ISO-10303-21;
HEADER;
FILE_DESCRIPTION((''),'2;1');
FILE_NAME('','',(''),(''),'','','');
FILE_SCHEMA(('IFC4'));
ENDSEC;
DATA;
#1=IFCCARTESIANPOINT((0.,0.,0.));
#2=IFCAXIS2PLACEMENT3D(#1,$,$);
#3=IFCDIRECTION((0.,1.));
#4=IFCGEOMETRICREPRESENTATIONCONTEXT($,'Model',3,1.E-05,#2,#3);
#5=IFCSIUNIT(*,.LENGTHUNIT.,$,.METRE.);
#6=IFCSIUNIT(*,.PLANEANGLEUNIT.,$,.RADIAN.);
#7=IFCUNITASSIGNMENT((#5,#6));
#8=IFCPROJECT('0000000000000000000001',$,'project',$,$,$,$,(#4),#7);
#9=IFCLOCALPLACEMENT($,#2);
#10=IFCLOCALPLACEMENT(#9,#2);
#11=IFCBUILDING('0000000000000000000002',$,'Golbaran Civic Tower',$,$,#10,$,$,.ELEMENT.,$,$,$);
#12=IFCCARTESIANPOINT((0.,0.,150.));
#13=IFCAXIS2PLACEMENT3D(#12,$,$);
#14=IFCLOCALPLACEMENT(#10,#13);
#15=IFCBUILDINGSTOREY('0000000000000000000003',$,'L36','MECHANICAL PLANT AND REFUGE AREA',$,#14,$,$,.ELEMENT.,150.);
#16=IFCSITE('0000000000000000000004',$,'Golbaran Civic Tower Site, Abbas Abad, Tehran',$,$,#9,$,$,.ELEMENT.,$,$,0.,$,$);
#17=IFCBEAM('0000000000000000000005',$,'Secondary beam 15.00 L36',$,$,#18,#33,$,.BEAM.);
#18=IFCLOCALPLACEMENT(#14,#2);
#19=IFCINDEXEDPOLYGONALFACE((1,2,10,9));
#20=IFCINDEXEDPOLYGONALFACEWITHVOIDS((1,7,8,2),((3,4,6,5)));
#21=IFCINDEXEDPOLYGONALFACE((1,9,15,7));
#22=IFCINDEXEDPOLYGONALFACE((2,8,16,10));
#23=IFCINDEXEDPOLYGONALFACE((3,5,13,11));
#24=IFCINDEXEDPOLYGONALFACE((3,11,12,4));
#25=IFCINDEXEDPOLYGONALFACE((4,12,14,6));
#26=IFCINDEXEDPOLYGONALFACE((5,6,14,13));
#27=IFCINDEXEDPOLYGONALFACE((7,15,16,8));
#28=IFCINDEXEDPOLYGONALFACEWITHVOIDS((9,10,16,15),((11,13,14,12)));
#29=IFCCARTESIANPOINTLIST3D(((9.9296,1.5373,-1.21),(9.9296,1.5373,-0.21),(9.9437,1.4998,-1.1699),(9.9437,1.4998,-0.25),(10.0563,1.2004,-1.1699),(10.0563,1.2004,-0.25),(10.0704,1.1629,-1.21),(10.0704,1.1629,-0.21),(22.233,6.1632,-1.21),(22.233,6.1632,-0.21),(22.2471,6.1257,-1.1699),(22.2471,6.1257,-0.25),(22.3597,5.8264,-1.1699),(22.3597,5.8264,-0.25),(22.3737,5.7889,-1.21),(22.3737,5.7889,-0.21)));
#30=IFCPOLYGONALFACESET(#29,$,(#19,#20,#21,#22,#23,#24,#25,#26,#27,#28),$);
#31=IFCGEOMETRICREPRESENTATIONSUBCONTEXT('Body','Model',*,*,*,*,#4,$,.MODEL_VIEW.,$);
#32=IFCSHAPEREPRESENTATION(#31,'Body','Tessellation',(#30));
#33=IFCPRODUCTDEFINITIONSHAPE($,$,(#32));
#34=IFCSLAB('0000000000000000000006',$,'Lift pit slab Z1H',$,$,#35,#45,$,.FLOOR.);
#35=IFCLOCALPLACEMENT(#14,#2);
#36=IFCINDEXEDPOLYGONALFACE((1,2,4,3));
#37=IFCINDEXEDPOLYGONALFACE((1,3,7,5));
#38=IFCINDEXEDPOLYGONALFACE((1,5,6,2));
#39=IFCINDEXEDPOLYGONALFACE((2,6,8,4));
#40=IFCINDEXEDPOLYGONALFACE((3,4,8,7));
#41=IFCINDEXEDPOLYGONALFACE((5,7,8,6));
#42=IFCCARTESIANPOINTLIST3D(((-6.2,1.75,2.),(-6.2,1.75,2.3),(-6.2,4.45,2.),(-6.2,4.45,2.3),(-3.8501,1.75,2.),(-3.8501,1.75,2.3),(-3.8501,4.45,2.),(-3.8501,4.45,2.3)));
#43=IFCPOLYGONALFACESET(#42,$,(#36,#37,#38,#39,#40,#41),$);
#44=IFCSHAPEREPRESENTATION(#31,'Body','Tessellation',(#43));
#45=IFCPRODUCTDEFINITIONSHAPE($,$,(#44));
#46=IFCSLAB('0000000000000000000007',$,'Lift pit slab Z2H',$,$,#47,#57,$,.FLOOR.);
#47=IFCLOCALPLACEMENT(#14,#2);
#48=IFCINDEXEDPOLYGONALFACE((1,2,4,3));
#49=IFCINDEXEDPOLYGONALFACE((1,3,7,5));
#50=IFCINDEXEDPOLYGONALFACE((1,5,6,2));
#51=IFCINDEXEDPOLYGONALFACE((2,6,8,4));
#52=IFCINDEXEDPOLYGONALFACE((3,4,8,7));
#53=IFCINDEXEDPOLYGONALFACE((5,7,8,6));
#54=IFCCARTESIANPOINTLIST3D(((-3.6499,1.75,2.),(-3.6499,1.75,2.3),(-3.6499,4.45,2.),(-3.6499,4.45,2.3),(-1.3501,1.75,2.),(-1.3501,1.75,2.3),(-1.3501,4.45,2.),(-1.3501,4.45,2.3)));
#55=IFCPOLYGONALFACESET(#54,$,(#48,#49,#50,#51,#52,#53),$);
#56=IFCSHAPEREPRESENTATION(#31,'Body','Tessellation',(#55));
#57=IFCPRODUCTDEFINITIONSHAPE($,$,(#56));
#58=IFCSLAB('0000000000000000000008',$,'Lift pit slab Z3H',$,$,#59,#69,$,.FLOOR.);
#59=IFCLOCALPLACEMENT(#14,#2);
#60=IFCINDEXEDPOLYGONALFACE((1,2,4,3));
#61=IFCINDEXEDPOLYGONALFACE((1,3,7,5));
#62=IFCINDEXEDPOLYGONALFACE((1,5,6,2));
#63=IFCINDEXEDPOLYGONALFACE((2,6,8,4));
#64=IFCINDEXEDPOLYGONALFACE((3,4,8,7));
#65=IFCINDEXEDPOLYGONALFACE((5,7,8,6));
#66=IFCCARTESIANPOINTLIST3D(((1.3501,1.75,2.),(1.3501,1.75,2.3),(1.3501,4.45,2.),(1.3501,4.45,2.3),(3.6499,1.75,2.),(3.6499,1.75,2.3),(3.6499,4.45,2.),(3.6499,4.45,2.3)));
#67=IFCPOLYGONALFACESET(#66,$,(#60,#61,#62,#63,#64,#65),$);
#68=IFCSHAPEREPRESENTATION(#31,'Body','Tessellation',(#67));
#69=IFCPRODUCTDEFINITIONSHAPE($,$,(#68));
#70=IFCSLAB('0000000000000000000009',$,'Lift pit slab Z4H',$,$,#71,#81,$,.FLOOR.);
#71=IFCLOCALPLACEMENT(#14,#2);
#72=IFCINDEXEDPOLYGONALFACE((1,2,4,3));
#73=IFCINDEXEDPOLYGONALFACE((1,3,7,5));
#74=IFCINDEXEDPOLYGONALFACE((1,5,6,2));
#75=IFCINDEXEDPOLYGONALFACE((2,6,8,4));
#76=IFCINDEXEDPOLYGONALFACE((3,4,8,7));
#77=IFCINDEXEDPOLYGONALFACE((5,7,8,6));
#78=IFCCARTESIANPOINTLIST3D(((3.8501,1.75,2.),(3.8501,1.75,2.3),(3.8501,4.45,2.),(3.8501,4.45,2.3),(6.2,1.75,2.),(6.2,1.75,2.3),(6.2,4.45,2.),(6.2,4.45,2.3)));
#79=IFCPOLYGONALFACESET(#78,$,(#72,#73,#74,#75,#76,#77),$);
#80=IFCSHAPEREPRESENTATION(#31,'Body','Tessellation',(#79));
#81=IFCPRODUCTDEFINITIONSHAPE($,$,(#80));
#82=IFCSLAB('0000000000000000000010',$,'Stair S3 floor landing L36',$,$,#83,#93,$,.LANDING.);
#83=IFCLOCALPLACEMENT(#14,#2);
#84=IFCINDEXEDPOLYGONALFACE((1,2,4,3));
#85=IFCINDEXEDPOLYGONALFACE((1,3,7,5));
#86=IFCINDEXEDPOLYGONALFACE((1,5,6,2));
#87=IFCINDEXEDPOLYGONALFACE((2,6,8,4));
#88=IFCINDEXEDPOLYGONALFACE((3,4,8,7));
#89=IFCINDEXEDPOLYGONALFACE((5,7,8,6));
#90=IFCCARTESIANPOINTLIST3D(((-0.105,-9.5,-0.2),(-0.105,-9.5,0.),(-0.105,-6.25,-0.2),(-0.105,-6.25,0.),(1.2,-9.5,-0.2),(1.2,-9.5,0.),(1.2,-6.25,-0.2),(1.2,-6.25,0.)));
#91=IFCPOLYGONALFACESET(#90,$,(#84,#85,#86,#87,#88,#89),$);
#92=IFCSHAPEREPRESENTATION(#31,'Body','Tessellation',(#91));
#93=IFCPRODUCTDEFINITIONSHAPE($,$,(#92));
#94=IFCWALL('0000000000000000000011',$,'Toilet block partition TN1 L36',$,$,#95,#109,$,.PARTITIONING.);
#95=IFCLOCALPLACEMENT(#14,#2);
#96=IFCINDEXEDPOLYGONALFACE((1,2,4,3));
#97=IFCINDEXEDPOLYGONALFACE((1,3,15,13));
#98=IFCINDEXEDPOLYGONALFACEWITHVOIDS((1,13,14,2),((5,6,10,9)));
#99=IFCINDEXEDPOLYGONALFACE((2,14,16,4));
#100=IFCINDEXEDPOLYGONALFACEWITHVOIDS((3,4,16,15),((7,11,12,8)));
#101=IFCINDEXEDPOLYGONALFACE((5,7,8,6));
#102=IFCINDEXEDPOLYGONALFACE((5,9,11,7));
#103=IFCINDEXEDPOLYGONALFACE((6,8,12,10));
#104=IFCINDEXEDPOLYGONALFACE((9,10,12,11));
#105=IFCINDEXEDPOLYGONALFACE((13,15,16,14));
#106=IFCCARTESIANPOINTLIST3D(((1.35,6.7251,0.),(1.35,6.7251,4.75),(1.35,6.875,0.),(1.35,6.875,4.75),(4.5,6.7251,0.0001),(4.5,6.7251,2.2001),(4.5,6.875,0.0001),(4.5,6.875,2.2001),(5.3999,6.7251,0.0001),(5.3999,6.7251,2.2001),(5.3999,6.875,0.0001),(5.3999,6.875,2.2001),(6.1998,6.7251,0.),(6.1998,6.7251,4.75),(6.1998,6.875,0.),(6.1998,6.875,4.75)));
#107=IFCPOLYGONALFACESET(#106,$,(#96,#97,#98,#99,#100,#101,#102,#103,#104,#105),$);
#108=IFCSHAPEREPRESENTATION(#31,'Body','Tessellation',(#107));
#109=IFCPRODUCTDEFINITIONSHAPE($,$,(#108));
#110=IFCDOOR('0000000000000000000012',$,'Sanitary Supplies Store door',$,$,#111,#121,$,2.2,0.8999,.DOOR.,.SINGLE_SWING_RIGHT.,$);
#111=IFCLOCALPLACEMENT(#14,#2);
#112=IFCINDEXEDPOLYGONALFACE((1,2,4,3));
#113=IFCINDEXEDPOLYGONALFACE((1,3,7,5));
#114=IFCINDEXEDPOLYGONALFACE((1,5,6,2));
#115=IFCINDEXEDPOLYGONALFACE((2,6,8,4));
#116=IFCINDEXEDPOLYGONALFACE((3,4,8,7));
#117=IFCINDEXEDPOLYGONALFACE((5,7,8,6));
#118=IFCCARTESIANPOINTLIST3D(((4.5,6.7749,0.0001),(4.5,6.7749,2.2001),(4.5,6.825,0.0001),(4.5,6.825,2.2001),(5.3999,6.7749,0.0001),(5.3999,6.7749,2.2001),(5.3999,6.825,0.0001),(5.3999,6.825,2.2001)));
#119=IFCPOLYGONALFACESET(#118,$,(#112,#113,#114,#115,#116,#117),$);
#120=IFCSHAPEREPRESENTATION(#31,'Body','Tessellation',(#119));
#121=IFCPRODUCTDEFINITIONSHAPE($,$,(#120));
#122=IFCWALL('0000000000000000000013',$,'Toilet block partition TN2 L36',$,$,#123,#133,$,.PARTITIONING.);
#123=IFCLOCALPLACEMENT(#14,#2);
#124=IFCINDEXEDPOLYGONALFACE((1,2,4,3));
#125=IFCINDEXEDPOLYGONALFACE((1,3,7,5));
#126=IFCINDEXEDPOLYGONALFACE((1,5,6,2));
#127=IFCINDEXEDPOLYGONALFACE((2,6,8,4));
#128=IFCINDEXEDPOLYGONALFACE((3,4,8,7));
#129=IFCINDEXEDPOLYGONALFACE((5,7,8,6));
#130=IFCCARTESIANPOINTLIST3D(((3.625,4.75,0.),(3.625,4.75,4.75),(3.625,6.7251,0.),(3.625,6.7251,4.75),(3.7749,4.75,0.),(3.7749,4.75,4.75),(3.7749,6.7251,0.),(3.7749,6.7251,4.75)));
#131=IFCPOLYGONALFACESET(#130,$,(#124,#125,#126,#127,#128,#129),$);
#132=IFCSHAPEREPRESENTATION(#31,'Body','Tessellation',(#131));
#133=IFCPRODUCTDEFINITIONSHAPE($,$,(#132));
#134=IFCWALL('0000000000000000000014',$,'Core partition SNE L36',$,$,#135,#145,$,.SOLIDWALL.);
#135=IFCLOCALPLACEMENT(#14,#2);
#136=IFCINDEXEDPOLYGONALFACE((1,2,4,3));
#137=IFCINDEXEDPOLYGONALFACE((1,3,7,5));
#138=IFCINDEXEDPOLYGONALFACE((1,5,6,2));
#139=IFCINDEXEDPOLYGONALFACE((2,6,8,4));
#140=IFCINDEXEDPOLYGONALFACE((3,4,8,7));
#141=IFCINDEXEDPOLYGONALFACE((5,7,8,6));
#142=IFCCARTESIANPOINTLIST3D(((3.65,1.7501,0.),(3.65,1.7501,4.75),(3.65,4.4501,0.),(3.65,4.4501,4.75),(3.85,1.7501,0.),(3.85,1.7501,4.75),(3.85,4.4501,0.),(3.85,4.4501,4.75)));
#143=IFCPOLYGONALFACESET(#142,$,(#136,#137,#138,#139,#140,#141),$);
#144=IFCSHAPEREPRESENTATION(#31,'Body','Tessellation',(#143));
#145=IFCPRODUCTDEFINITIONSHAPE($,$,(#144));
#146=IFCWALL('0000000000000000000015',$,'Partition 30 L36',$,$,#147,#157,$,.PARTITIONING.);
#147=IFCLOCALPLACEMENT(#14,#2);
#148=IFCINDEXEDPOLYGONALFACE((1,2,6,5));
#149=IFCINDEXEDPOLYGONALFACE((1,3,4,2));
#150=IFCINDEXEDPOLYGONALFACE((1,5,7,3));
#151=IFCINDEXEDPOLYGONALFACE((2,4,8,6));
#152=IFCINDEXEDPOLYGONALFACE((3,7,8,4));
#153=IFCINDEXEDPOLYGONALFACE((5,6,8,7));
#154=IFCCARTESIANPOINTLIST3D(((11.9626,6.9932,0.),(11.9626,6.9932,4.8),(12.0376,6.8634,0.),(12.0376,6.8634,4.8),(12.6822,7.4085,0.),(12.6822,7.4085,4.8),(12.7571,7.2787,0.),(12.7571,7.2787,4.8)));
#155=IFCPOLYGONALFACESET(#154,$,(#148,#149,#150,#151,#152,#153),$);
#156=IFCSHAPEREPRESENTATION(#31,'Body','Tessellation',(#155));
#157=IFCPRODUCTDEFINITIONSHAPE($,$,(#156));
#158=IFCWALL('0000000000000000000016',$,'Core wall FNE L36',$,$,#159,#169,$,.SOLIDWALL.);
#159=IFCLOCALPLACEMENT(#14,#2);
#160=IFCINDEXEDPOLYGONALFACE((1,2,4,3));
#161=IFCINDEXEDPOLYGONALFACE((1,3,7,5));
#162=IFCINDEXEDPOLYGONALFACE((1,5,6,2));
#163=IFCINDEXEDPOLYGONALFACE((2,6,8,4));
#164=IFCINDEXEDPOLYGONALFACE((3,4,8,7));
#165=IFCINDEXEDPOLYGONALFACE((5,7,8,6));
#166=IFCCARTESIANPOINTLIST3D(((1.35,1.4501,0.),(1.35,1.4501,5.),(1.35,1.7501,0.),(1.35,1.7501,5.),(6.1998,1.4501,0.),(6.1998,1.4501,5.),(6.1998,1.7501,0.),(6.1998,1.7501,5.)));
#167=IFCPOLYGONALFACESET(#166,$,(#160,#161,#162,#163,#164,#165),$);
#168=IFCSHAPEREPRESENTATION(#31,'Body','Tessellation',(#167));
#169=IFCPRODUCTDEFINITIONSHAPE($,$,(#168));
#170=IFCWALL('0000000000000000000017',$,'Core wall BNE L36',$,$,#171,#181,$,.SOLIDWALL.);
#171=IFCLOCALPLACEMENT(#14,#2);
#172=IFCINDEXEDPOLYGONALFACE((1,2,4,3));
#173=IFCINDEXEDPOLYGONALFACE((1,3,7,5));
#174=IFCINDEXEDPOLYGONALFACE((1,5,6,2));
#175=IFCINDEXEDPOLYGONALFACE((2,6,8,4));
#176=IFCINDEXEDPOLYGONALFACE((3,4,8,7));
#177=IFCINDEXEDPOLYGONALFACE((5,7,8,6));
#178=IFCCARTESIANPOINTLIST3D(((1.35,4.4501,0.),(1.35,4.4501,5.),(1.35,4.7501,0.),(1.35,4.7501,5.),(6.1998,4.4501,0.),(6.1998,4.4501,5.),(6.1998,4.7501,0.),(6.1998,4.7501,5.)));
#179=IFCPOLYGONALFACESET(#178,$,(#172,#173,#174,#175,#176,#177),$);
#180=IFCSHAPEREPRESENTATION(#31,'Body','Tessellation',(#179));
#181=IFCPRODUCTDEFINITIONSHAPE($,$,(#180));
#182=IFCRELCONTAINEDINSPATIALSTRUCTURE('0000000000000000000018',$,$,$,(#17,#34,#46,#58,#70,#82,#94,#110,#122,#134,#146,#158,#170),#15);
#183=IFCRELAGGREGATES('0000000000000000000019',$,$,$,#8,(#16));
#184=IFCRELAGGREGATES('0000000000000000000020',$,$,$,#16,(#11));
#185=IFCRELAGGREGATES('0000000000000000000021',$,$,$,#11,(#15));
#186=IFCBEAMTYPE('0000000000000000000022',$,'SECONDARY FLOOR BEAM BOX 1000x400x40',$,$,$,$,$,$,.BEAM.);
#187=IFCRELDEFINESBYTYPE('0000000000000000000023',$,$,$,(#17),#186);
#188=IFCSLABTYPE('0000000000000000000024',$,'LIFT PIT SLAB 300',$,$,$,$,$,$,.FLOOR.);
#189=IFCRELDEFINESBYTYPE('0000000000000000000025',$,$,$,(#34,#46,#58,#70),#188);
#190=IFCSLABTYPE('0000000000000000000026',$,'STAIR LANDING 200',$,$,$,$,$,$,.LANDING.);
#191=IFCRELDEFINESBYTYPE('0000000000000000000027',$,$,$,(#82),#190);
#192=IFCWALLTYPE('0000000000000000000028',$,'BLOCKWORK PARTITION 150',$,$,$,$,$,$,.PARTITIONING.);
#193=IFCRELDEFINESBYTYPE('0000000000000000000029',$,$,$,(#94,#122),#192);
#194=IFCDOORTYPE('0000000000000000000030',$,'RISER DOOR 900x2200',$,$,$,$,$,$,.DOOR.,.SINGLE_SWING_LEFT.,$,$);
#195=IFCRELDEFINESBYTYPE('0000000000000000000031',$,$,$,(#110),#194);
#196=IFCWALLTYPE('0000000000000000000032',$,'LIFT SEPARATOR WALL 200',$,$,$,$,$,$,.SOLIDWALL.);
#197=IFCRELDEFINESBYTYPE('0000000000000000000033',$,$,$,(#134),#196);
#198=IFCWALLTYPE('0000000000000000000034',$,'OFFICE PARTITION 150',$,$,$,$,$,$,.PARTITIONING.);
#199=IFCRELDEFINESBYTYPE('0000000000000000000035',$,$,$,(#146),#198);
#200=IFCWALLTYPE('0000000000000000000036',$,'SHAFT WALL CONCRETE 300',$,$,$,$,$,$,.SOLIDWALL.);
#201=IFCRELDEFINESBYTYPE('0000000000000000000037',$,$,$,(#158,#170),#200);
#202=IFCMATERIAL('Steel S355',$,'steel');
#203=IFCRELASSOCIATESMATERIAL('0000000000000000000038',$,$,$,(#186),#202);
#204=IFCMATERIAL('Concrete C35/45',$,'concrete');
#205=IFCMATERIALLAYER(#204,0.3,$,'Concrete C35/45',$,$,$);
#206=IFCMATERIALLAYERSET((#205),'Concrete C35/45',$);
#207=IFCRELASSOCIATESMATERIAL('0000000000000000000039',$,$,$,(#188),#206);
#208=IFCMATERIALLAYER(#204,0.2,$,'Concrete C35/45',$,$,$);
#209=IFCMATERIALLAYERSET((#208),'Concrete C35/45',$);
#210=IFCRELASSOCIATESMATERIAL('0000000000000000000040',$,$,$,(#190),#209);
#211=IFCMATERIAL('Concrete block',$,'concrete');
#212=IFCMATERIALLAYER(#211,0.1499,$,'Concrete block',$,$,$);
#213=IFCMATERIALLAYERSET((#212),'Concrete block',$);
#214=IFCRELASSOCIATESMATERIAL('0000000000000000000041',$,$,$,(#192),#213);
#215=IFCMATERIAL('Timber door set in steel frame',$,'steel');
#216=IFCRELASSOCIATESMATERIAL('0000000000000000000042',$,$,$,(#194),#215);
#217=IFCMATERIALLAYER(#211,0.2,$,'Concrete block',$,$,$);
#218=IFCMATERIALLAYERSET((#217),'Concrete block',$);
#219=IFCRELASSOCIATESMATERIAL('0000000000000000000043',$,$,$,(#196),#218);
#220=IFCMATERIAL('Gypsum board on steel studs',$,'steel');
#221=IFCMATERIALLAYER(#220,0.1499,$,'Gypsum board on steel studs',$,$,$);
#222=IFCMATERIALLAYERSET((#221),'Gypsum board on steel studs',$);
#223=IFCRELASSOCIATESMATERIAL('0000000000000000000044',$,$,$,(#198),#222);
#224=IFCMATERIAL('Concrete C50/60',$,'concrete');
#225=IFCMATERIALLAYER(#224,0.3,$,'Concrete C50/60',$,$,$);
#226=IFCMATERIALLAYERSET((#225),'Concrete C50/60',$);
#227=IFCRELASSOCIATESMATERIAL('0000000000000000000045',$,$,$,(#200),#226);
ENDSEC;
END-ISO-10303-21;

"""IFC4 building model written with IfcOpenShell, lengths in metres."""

from ifc_helpers import new_model, si_unit, direction, frame, frame_2d, origin, origin_2d, place, context, subcontext, project, spatial, polyline, rectangle, hollow_rectangle, outline, extrude, material, layer, layer_set, material_profile, profile_set, type_object, element, fill, save


model = new_model("IFC4")

# Units and contexts
model_context = context("Model", 3, precision=1e-05, world=origin(), true_north=direction((0.0, 1.0)))
body_context = subcontext(model_context, "Body", "Model", "MODEL_VIEW")
ifc_project = project(units=[si_unit("LENGTHUNIT", "METRE"), si_unit("PLANEANGLEUNIT", "RADIAN")], contexts=[model_context])

# Site, building, storey
site_placement = place(None, origin())
site = spatial("IfcSite", under=ifc_project, at=site_placement, Name="Golbaran Civic Tower Site, Abbas Abad, Tehran", CompositionType="ELEMENT", RefElevation=0.0)
building_placement = place(site_placement, origin())
building = spatial("IfcBuilding", under=site, at=building_placement, Name="Golbaran Civic Tower", CompositionType="ELEMENT")
storey_placement = place(building_placement, frame((0.0, 0.0, 150.0)))
storey = spatial("IfcBuildingStorey", under=building, at=storey_placement, Name="L36", Description="MECHANICAL PLANT AND REFUGE AREA", CompositionType="ELEMENT", Elevation=150.0)

# Beam
ifc_material_1 = material(Name="Steel S355", Category="steel")
ifc_material_profile_1 = material_profile(ifc_material_1, hollow_rectangle(XDim=0.3999, YDim=1.0, WallThickness=0.04, at=origin_2d()), Name="BOX 1000x400x40")
ifc_profile_set_1 = profile_set([ifc_material_profile_1], Name="Steel S355")
beam_type_1 = type_object("IfcBeamType", Name="SECONDARY FLOOR BEAM BOX 1000x400x40", PredefinedType="BEAM", material=ifc_profile_set_1)
beam_1_placement = place(storey_placement, frame((10.0, 1.3501, -0.71), z_axis=(0.936024, 0.351935, 0.0), x_axis=(-0.351935, 0.936024, 0.0)))
element("IfcBeam", 1, at=beam_1_placement, inside=storey, type_object=beam_type_1, Name="Secondary beam 15.00 L36", PredefinedType="BEAM", context=body_context, shape_type="SweptSolid", body=[
    extrude(hollow_rectangle(XDim=0.3999, YDim=1.0, WallThickness=0.04, at=origin_2d()), origin(), (0.0, 0.0, 1.0), 13.1443),
])

# Slabs
ifc_material_2 = material(Name="Concrete C35/45", Category="concrete")
ifc_layer_1 = layer(ifc_material_2, 0.3, Name="Concrete C35/45")
ifc_layer_set_1 = layer_set([ifc_layer_1], Name="Concrete C35/45")
slab_type_1 = type_object("IfcSlabType", Name="LIFT PIT SLAB 300", PredefinedType="FLOOR", material=ifc_layer_set_1)
slab_1_placement = place(storey_placement, frame((0.0, 0.0, 2.0)))
element("IfcSlab", 2, at=slab_1_placement, inside=storey, type_object=slab_type_1, Name="Lift pit slab Z1H", PredefinedType="FLOOR", context=body_context, shape_type="SweptSolid", body=[
    extrude(outline(polyline([(-6.2, 1.75), (-3.8501, 1.75), (-3.8501, 4.45), (-6.2, 4.45), (-6.2, 1.75)])), origin(), (0.0, 0.0, 1.0), 0.3),
])
slab_2_placement = place(storey_placement, frame((0.0, 0.0, 2.0)))
element("IfcSlab", 3, at=slab_2_placement, inside=storey, type_object=slab_type_1, Name="Lift pit slab Z2H", PredefinedType="FLOOR", context=body_context, shape_type="SweptSolid", body=[
    extrude(outline(polyline([(-3.6499, 1.75), (-1.3501, 1.75), (-1.3501, 4.45), (-3.6499, 4.45), (-3.6499, 1.75)])), origin(), (0.0, 0.0, 1.0), 0.3),
])
slab_3_placement = place(storey_placement, frame((0.0, 0.0, 2.0)))
element("IfcSlab", 4, at=slab_3_placement, inside=storey, type_object=slab_type_1, Name="Lift pit slab Z3H", PredefinedType="FLOOR", context=body_context, shape_type="SweptSolid", body=[
    extrude(outline(polyline([(1.3501, 1.75), (3.6499, 1.75), (3.6499, 4.45), (1.3501, 4.45), (1.3501, 1.75)])), origin(), (0.0, 0.0, 1.0), 0.3),
])
slab_4_placement = place(storey_placement, frame((0.0, 0.0, 2.0)))
element("IfcSlab", 5, at=slab_4_placement, inside=storey, type_object=slab_type_1, Name="Lift pit slab Z4H", PredefinedType="FLOOR", context=body_context, shape_type="SweptSolid", body=[
    extrude(outline(polyline([(3.8501, 1.75), (6.2, 1.75), (6.2, 4.45), (3.8501, 4.45), (3.8501, 1.75)])), origin(), (0.0, 0.0, 1.0), 0.3),
])
ifc_layer_2 = layer(ifc_material_2, 0.2, Name="Concrete C35/45")
ifc_layer_set_2 = layer_set([ifc_layer_2], Name="Concrete C35/45")
slab_type_2 = type_object("IfcSlabType", Name="STAIR LANDING 200", PredefinedType="LANDING", material=ifc_layer_set_2)
slab_5_placement = place(storey_placement, frame((0.0, 0.0, -0.2)))
element("IfcSlab", 6, at=slab_5_placement, inside=storey, type_object=slab_type_2, Name="Stair S3 floor landing L36", PredefinedType="LANDING", context=body_context, shape_type="SweptSolid", body=[
    extrude(outline(polyline([(1.2, -9.5), (-0.105, -9.5), (-0.105, -6.25), (1.2, -6.25), (1.2, -9.5)])), origin(), (0.0, 0.0, 1.0), 0.2),
])

# Wall, opening, door
ifc_material_3 = material(Name="Concrete block", Category="concrete")
ifc_layer_3 = layer(ifc_material_3, 0.1499, Name="Concrete block")
ifc_layer_set_3 = layer_set([ifc_layer_3], Name="Concrete block")
wall_type_1 = type_object("IfcWallType", Name="BLOCKWORK PARTITION 150", PredefinedType="PARTITIONING", material=ifc_layer_set_3)
wall_1_placement = place(storey_placement, frame((1.3501, 6.8, 0.0), z_axis=(0.0, 0.0, 1.0), x_axis=(1.0, 0.0, 0.0)))
wall_1 = element("IfcWall", 7, at=wall_1_placement, inside=storey, type_object=wall_type_1, Name="Toilet block partition TN1 L36", PredefinedType="PARTITIONING", context=body_context, shape_type="SweptSolid", body=[
    extrude(rectangle(XDim=4.8499, YDim=0.1499, at=frame_2d((2.4248, 0.0))), origin(), (0.0, 0.0, 1.0), 4.75),
])
opening_1_placement = place(wall_1_placement, frame((3.1499, 0.0, 0.0)))
opening_1 = element("IfcOpeningElement", 8, at=opening_1_placement, cuts=wall_1, PredefinedType="OPENING", context=body_context, shape_type="SweptSolid", body=[
    extrude(rectangle(XDim=0.8999, YDim=2.2, at=frame_2d((0.45, 1.1001))), frame((0.0, 0.085, 0.0), z_axis=(0.0, -1.0, 0.0), x_axis=(1.0, 0.0, 0.0)), (0.0, 0.0, 1.0), 0.1699),
])
ifc_material_4 = material(Name="Timber door set in steel frame", Category="steel")
door_type_1 = type_object("IfcDoorType", Name="RISER DOOR 900x2200", OperationType="SINGLE_SWING_LEFT", PredefinedType="DOOR", material=ifc_material_4)
door_1_placement = place(opening_1_placement, origin())
door_1 = element("IfcDoor", 9, at=door_1_placement, inside=storey, type_object=door_type_1, Name="Sanitary Supplies Store door", OperationType="SINGLE_SWING_RIGHT", OverallHeight=2.2, OverallWidth=0.8999, PredefinedType="DOOR", context=body_context, shape_type="SweptSolid", body=[
    extrude(rectangle(XDim=0.8999, YDim=2.2, at=frame_2d((0.45, 1.1001))), frame((0.0, 0.0249, 0.0), z_axis=(0.0, -1.0, 0.0), x_axis=(1.0, 0.0, 0.0)), (0.0, 0.0, 1.0), 0.05),
])
fill(opening_1, door_1)

# Walls
wall_2_placement = place(storey_placement, frame((3.7, 4.75, 0.0), z_axis=(0.0, 0.0, 1.0), x_axis=(0.0, 1.0, 0.0)))
element("IfcWall", 10, at=wall_2_placement, inside=storey, type_object=wall_type_1, Name="Toilet block partition TN2 L36", PredefinedType="PARTITIONING", context=body_context, shape_type="SweptSolid", body=[
    extrude(rectangle(XDim=1.9751, YDim=0.1499, at=frame_2d((0.9875, 0.0))), origin(), (0.0, 0.0, 1.0), 4.75),
])
ifc_layer_4 = layer(ifc_material_3, 0.2, Name="Concrete block")
ifc_layer_set_4 = layer_set([ifc_layer_4], Name="Concrete block")
wall_type_2 = type_object("IfcWallType", Name="LIFT SEPARATOR WALL 200", PredefinedType="SOLIDWALL", material=ifc_layer_set_4)
wall_3_placement = place(storey_placement, frame((3.75, 1.75, 0.0), z_axis=(0.0, 0.0, 1.0), x_axis=(0.0, 1.0, 0.0)))
element("IfcWall", 11, at=wall_3_placement, inside=storey, type_object=wall_type_2, Name="Core partition SNE L36", PredefinedType="SOLIDWALL", context=body_context, shape_type="SweptSolid", body=[
    extrude(rectangle(XDim=2.7, YDim=0.2, at=frame_2d((1.3501, 0.0))), origin(), (0.0, 0.0, 1.0), 4.75),
])
ifc_material_5 = material(Name="Gypsum board on steel studs", Category="steel")
ifc_layer_5 = layer(ifc_material_5, 0.1499, Name="Gypsum board on steel studs")
ifc_layer_set_5 = layer_set([ifc_layer_5], Name="Gypsum board on steel studs")
wall_type_3 = type_object("IfcWallType", Name="OFFICE PARTITION 150", PredefinedType="PARTITIONING", material=ifc_layer_set_5)
wall_4_placement = place(storey_placement, frame((12.0, 6.9282, 0.0), z_axis=(0.0, 0.0, 1.0), x_axis=(0.866083, 0.499901, 0.0)))
element("IfcWall", 12, at=wall_4_placement, inside=storey, type_object=wall_type_3, Name="Partition 30 L36", PredefinedType="PARTITIONING", context=body_context, shape_type="SweptSolid", body=[
    extrude(rectangle(XDim=0.8308, YDim=0.1499, at=frame_2d((0.4155, 0.0))), origin(), (0.0, 0.0, 1.0), 4.8),
])
ifc_material_6 = material(Name="Concrete C50/60", Category="concrete")
ifc_layer_6 = layer(ifc_material_6, 0.3, Name="Concrete C50/60")
ifc_layer_set_6 = layer_set([ifc_layer_6], Name="Concrete C50/60")
wall_type_4 = type_object("IfcWallType", Name="SHAFT WALL CONCRETE 300", PredefinedType="SOLIDWALL", material=ifc_layer_set_6)
for number, where, z_axis, x_axis, name in (
    (13, (1.3501, 1.6001, 0.0), (0.0, 0.0, 1.0), (1.0, 0.0, 0.0), "Core wall FNE L36"),
    (14, (1.3501, 4.6001, 0.0), (0.0, 0.0, 1.0), (1.0, 0.0, 0.0), "Core wall BNE L36"),
):
    element("IfcWall", number, at=place(storey_placement, frame(where, z_axis=z_axis, x_axis=x_axis)), inside=storey, type_object=wall_type_4, Name=name, PredefinedType="SOLIDWALL", context=body_context, shape_type="SweptSolid", body=[
        extrude(rectangle(XDim=4.8499, YDim=0.3, at=frame_2d((2.4248, 0.0))), origin(), (0.0, 0.0, 1.0), 5.0),
    ])

save(model, "model.ifc")
